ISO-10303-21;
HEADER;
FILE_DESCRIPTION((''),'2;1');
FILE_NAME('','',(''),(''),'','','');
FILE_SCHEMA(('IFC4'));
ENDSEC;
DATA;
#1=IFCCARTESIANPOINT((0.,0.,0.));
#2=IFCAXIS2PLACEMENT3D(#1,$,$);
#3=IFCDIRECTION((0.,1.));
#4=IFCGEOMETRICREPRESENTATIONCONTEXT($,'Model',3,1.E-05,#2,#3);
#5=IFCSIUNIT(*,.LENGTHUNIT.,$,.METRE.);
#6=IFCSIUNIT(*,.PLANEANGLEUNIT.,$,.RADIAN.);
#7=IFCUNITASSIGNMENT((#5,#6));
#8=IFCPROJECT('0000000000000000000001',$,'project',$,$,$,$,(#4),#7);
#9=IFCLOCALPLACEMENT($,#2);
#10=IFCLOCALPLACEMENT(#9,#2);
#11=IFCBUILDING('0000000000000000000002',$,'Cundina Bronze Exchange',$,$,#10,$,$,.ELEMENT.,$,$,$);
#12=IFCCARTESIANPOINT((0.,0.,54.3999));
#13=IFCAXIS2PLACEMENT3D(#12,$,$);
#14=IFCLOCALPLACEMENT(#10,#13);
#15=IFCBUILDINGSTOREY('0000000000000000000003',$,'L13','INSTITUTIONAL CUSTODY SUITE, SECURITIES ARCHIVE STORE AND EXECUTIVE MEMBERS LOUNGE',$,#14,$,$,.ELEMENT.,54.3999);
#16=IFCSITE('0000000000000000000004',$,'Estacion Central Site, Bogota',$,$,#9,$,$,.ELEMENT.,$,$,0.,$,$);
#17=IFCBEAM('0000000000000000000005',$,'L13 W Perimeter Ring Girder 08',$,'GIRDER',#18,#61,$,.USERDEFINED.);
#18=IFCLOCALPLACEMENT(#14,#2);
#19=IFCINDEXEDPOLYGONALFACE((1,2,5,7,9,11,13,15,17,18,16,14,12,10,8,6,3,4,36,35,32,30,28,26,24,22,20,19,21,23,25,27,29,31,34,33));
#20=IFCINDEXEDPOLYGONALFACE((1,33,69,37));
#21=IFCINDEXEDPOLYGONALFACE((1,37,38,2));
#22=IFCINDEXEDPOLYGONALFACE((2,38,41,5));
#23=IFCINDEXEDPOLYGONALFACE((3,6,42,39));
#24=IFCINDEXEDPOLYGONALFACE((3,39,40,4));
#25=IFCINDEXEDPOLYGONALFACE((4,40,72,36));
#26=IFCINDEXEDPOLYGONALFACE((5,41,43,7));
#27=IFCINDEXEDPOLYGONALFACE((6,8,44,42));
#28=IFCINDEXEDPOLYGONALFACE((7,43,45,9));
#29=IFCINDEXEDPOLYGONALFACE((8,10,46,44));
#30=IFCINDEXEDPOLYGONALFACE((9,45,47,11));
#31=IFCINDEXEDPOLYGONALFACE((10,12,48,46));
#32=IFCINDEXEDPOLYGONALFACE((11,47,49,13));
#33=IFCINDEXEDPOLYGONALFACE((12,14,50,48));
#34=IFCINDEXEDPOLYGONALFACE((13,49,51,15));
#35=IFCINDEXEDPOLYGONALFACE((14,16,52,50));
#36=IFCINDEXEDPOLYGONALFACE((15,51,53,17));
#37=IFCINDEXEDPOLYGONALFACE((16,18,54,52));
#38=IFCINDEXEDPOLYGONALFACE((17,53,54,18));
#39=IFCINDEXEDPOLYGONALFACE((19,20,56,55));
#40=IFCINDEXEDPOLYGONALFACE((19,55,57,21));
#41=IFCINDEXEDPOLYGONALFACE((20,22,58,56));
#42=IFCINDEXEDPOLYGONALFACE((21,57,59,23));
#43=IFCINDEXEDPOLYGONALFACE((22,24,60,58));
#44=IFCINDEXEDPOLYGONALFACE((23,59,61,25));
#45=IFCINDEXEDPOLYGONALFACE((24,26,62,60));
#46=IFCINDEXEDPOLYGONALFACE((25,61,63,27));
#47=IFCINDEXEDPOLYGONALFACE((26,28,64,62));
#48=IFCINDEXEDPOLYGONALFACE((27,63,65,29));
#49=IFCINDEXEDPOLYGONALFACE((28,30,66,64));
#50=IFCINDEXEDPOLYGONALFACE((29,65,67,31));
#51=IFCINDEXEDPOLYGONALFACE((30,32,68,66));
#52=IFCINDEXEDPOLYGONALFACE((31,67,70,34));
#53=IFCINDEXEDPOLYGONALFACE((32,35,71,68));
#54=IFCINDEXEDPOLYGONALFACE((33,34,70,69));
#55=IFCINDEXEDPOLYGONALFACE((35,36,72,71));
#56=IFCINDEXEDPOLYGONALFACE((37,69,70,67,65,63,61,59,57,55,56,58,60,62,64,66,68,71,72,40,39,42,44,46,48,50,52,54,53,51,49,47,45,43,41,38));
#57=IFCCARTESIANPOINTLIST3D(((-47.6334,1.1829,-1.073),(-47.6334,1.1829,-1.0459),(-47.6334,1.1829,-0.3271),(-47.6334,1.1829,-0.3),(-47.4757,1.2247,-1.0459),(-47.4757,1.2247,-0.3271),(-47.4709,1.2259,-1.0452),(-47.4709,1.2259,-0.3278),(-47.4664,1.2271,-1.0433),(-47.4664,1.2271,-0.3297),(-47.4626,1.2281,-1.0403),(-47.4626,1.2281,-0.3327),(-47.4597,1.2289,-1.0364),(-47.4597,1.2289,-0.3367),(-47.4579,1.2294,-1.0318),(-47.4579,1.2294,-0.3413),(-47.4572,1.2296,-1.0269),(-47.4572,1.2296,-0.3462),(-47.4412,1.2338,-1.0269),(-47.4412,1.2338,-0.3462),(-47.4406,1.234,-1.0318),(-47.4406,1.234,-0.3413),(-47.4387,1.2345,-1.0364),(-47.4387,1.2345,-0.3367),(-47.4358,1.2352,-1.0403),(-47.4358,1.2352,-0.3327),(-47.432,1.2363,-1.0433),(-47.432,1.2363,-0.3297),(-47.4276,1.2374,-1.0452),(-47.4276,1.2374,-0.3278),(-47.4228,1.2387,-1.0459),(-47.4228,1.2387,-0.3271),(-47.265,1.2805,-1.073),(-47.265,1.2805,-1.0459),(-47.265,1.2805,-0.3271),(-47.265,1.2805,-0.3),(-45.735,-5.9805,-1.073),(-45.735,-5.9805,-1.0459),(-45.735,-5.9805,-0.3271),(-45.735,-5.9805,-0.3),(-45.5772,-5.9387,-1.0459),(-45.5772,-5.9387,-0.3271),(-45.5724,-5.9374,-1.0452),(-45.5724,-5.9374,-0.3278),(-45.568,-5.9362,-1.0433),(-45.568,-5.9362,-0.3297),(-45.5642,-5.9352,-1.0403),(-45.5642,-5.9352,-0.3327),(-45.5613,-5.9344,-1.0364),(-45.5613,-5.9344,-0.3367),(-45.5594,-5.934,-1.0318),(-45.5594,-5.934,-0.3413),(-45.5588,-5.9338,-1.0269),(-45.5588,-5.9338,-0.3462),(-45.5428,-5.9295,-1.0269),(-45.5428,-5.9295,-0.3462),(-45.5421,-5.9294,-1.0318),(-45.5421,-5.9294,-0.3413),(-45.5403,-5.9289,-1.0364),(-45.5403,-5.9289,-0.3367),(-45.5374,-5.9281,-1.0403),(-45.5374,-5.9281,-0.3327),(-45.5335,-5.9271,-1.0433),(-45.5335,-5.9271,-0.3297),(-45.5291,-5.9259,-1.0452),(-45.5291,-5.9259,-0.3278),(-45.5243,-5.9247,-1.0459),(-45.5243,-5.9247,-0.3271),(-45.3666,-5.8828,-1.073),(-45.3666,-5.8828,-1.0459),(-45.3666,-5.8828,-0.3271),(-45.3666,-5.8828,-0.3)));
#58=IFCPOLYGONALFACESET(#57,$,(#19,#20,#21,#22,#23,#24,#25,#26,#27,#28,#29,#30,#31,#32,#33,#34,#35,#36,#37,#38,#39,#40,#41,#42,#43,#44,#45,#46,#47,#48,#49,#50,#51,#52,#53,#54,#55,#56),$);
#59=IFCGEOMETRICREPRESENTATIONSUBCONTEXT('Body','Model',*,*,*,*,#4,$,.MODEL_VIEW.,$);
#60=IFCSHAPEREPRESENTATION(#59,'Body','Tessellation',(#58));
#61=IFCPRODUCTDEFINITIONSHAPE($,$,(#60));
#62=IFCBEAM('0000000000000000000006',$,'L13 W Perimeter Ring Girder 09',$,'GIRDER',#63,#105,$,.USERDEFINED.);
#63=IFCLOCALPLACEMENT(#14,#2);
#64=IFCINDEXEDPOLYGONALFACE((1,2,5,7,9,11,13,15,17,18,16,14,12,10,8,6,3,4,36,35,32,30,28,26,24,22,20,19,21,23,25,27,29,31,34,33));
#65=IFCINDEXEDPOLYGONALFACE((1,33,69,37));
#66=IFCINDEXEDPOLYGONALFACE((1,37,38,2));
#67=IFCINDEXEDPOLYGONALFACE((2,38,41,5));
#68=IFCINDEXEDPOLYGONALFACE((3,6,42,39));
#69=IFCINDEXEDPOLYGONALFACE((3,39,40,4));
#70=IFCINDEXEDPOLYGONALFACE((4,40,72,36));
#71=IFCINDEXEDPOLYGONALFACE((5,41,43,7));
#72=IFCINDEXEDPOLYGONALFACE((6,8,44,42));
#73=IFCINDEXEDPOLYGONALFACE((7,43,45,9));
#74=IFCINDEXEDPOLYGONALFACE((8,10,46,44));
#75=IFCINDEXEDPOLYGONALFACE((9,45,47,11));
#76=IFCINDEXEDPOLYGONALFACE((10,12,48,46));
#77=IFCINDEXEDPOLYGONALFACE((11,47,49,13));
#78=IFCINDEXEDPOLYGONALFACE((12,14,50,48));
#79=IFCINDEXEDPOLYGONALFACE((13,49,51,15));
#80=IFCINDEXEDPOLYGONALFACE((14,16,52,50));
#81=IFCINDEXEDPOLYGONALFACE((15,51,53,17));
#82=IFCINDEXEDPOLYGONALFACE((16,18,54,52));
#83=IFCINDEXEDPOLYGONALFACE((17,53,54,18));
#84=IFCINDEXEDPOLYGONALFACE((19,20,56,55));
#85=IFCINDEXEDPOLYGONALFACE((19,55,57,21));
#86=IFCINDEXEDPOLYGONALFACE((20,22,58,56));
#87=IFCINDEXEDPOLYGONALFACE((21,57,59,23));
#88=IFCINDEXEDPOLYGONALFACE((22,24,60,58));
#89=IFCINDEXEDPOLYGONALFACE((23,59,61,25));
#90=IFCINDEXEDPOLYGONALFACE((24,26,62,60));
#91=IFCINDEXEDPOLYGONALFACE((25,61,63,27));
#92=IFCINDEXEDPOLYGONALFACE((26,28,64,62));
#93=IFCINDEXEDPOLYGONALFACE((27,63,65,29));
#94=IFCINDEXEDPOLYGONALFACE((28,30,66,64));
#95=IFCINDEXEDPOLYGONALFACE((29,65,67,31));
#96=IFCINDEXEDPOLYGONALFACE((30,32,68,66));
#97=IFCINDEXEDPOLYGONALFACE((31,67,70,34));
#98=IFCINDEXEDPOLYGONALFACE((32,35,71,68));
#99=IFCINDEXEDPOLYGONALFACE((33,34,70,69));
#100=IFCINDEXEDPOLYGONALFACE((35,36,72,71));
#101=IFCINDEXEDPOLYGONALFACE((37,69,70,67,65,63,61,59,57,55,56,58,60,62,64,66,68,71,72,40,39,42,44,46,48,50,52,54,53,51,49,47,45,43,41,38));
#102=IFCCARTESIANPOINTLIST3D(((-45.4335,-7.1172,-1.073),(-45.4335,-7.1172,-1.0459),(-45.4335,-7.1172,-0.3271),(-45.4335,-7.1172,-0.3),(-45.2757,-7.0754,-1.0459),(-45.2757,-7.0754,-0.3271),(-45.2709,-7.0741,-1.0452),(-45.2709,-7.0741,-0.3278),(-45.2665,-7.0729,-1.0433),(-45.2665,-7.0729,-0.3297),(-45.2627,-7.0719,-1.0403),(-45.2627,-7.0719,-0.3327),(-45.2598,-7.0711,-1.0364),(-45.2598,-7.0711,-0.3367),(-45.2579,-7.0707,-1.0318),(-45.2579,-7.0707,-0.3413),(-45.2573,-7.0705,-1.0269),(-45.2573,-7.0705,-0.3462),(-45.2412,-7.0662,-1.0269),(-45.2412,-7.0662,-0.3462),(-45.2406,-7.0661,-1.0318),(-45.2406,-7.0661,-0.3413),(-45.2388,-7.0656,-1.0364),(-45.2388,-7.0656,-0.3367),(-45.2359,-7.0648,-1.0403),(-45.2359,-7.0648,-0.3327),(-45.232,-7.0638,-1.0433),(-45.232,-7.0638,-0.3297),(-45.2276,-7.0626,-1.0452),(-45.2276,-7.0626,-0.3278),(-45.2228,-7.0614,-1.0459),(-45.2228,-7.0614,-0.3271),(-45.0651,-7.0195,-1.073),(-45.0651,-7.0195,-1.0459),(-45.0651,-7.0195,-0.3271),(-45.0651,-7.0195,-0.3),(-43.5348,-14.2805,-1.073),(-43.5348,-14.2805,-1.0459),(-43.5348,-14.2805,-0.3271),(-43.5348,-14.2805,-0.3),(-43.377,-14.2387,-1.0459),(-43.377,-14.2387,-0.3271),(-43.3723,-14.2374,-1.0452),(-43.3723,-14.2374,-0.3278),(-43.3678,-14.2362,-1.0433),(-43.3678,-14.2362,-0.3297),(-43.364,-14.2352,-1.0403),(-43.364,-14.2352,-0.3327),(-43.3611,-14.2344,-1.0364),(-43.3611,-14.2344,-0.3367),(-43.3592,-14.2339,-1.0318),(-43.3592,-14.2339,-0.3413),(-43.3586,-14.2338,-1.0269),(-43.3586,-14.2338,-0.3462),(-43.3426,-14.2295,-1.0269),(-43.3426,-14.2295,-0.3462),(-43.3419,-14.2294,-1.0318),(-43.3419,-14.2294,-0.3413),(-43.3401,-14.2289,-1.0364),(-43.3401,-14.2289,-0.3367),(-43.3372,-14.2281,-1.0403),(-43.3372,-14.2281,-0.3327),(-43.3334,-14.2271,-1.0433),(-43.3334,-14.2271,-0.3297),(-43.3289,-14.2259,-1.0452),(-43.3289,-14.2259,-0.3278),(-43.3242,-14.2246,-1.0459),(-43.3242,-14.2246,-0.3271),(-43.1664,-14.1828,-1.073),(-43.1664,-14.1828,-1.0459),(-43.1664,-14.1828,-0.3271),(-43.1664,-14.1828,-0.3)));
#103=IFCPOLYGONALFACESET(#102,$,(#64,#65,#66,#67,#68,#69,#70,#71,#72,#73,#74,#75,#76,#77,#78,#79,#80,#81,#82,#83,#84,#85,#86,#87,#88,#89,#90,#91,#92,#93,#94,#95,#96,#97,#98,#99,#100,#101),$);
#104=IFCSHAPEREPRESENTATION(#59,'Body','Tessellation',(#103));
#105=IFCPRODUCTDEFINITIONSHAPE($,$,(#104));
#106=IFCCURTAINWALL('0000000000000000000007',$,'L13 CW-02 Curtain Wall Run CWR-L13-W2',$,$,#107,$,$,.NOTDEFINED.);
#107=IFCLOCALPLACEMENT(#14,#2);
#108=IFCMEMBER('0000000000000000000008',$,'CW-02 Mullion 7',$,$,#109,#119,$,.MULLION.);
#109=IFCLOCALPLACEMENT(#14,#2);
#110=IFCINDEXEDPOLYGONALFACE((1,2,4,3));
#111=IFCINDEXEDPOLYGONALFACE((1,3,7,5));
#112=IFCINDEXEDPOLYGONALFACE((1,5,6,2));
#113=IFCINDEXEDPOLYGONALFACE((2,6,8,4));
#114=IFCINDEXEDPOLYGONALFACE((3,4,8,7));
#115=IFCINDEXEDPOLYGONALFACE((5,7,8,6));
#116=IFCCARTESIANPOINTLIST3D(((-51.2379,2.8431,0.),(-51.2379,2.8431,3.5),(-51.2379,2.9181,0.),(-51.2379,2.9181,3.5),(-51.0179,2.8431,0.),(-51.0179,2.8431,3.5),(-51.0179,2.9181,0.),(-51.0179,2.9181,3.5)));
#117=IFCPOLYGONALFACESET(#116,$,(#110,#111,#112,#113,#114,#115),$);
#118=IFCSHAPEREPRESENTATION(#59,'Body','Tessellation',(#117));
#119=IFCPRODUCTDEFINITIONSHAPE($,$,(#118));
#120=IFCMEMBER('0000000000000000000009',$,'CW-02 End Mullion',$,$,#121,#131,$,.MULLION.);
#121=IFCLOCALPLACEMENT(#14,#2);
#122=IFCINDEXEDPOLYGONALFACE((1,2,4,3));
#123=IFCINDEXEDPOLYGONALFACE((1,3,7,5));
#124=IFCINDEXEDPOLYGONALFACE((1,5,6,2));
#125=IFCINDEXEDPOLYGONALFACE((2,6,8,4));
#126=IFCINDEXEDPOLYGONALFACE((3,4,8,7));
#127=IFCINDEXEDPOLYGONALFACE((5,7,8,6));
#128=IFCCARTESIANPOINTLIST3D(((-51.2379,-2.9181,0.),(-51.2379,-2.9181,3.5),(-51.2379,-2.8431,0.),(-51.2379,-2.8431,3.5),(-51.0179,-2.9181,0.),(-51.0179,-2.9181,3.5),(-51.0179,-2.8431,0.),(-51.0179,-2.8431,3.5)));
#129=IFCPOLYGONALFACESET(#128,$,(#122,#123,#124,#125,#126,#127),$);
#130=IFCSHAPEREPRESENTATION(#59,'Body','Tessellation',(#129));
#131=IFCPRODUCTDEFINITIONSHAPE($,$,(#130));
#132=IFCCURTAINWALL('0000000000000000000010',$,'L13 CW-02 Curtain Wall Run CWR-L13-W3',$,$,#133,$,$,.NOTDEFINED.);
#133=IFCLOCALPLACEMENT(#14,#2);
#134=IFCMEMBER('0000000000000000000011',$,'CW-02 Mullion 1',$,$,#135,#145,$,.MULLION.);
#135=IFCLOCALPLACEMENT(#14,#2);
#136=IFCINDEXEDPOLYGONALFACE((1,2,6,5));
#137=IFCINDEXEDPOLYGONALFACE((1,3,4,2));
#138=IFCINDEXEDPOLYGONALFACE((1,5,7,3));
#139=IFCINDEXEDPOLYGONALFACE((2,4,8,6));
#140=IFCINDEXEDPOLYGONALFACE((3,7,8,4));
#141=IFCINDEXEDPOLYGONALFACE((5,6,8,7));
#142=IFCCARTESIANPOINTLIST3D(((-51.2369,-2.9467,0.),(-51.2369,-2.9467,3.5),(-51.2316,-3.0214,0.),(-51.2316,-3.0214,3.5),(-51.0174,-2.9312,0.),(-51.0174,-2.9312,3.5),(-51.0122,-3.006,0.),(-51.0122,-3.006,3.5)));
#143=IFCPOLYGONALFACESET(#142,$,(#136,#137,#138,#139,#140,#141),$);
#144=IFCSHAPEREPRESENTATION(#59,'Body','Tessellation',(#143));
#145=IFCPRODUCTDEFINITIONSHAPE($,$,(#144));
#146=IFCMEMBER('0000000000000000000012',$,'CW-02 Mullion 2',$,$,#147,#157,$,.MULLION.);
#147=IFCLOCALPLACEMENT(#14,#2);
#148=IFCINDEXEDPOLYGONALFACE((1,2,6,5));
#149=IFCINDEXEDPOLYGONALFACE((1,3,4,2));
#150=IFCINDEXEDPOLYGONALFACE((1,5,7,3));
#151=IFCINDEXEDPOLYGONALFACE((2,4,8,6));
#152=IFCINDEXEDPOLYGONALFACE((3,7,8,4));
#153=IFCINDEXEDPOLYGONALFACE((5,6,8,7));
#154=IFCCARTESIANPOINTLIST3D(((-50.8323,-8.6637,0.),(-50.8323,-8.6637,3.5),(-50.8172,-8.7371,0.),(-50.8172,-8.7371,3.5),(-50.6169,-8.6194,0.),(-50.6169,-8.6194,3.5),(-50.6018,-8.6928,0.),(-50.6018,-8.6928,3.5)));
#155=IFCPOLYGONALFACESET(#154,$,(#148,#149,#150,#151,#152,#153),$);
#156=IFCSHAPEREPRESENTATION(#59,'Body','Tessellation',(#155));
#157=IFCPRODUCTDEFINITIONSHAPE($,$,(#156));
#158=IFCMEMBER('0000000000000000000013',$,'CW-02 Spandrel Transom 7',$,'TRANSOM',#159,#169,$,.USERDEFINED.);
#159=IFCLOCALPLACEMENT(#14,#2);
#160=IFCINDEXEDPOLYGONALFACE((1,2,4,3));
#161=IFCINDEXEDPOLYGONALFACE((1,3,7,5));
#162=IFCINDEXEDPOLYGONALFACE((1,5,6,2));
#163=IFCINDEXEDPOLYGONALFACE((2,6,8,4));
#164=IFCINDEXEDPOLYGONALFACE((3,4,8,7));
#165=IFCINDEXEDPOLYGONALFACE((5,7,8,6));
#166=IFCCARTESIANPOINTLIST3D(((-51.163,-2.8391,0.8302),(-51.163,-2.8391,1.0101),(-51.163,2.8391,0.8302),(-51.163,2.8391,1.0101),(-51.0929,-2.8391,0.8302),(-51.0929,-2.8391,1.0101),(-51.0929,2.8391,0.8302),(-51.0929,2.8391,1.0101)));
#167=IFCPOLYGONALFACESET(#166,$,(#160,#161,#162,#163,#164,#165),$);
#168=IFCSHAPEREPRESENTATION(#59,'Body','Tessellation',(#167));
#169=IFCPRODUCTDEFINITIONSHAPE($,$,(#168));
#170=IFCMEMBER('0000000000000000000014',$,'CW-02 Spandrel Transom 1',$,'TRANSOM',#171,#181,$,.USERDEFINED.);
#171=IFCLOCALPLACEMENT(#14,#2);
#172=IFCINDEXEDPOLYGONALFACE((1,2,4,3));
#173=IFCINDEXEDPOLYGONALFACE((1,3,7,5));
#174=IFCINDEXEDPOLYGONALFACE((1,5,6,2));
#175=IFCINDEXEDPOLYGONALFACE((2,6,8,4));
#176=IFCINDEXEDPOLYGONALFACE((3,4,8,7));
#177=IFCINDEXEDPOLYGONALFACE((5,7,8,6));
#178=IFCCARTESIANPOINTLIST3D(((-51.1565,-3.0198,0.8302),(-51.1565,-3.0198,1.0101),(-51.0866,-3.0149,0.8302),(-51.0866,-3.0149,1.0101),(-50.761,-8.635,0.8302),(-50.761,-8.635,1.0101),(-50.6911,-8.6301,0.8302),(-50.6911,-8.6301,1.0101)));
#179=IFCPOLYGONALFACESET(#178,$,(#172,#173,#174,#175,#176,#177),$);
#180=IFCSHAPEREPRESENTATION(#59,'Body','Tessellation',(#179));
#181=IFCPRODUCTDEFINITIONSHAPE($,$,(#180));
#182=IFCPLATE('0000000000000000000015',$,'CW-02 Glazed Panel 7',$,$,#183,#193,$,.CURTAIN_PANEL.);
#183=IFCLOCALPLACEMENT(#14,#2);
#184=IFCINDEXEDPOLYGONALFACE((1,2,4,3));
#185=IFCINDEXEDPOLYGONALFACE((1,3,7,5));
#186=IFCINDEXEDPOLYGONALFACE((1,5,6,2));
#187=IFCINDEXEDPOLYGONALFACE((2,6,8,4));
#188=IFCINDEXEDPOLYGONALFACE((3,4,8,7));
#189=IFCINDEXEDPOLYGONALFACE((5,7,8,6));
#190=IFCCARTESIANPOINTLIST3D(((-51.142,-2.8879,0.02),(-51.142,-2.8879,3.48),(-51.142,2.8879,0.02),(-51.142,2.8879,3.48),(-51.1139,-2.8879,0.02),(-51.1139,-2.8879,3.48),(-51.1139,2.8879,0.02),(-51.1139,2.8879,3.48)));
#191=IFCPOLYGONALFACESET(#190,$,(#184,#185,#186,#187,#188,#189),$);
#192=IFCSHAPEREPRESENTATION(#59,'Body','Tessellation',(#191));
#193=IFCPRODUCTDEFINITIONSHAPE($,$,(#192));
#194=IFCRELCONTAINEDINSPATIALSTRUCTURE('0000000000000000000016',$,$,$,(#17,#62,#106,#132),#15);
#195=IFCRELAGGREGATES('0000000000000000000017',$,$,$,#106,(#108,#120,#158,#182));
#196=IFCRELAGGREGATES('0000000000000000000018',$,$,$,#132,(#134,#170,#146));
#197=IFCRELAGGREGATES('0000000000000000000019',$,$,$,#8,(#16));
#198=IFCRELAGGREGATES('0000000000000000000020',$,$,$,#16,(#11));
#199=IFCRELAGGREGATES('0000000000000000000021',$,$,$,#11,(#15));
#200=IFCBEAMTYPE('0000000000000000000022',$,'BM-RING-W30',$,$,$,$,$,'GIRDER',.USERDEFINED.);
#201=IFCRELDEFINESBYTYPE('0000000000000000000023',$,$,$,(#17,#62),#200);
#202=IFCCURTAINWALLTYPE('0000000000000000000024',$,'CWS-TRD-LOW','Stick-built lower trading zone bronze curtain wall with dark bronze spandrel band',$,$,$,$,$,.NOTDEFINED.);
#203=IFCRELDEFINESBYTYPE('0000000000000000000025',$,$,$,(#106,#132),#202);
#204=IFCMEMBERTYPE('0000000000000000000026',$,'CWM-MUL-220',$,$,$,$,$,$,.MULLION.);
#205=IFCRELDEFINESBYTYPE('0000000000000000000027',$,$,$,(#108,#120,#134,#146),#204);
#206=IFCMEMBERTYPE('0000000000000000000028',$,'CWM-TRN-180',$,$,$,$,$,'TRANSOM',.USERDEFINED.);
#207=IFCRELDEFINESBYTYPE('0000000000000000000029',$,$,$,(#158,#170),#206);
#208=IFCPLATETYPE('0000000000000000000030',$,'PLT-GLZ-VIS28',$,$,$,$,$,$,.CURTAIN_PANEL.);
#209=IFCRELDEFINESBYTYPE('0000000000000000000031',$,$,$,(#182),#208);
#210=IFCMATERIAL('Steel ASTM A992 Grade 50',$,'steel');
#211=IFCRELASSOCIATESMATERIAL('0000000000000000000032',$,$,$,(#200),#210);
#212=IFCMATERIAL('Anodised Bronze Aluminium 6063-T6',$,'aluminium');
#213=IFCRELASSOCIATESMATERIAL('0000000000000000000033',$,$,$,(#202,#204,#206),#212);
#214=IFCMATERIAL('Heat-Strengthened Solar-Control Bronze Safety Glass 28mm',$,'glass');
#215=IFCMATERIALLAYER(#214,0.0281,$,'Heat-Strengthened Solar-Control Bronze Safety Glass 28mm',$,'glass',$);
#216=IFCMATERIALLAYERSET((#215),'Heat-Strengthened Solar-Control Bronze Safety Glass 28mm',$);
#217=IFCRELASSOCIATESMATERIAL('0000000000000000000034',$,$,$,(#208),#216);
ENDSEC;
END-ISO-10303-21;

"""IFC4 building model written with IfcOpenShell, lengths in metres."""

from ifc_helpers import new_model, si_unit, direction, frame, origin, origin_2d, place, context, subcontext, project, spatial, rectangle, i_section, extrude, material, layer, layer_set, material_profile, profile_set, type_object, element, aggregate, save


model = new_model("IFC4")

# Units and contexts
model_context = context("Model", 3, precision=1e-05, world=origin(), true_north=direction((0.0, 1.0)))
body_context = subcontext(model_context, "Body", "Model", "MODEL_VIEW")
ifc_project = project(units=[si_unit("LENGTHUNIT", "METRE"), si_unit("PLANEANGLEUNIT", "RADIAN")], contexts=[model_context])

# Site, building, storey
site_placement = place(None, origin())
site = spatial("IfcSite", under=ifc_project, at=site_placement, Name="Estacion Central Site, Bogota", CompositionType="ELEMENT", RefElevation=0.0)
building_placement = place(site_placement, origin())
building = spatial("IfcBuilding", under=site, at=building_placement, Name="Cundina Bronze Exchange", CompositionType="ELEMENT")
storey_placement = place(building_placement, frame((0.0, 0.0, 54.3999)))
storey = spatial("IfcBuildingStorey", under=building, at=storey_placement, Name="L13", Description="INSTITUTIONAL CUSTODY SUITE, SECURITIES ARCHIVE STORE AND EXECUTIVE MEMBERS LOUNGE", CompositionType="ELEMENT", Elevation=54.3999)

# Beams
ifc_material_1 = material(Name="Steel ASTM A992 Grade 50", Category="steel")
ifc_material_profile_1 = material_profile(ifc_material_1, i_section(OverallWidth=0.3811, OverallDepth=0.7729, WebThickness=0.0166, FlangeThickness=0.0271, FilletRadius=0.019, at=origin_2d()), Name="W30X173", Category="steel")
ifc_profile_set_1 = profile_set([ifc_material_profile_1], Name="Steel ASTM A992 Grade 50")
beam_type_1 = type_object("IfcBeamType", Name="BM-RING-W30", ElementType="GIRDER", PredefinedType="USERDEFINED", material=ifc_profile_set_1)
for number, where, z_axis, x_axis, name in (
    (1, (-47.4492, 1.2317, -0.6865), (0.256178, -0.96663, 0.0), (0.96663, 0.256178, 0.0), "L13 W Perimeter Ring Girder 08"),
    (2, (-45.2493, -7.0684, -0.6865), (0.256209, -0.966622, 0.0), (0.966622, 0.256209, 0.0), "L13 W Perimeter Ring Girder 09"),
):
    element("IfcBeam", number, at=place(storey_placement, frame(where, z_axis=z_axis, x_axis=x_axis)), inside=storey, type_object=beam_type_1, Name=name, ObjectType="GIRDER", PredefinedType="USERDEFINED", context=body_context, shape_type="SweptSolid", body=[
        extrude(i_section(OverallWidth=0.3811, OverallDepth=0.7729, WebThickness=0.0166, FlangeThickness=0.0271, FilletRadius=0.019, at=origin_2d()), origin(), (0.0, 0.0, 1.0), 7.4106),
    ])

# Curtain walls, members
ifc_material_2 = material(Name="Anodised Bronze Aluminium 6063-T6", Category="aluminium")
curtain_wall_type = type_object("IfcCurtainWallType", Name="CWS-TRD-LOW", Description="Stick-built lower trading zone bronze curtain wall with dark bronze spandrel band", PredefinedType="NOTDEFINED", material=ifc_material_2)
curtain_wall_1_placement = place(storey_placement, origin())
curtain_wall_1 = element("IfcCurtainWall", 3, at=curtain_wall_1_placement, inside=storey, type_object=curtain_wall_type, Name="L13 CW-02 Curtain Wall Run CWR-L13-W2", PredefinedType="NOTDEFINED")
ifc_material_profile_2 = material_profile(ifc_material_2, rectangle(XDim=0.075, YDim=0.22, at=origin_2d()), Name="AL75X220", Category="aluminium")
ifc_profile_set_2 = profile_set([ifc_material_profile_2], Name="Anodised Bronze Aluminium 6063-T6")
member_type_1 = type_object("IfcMemberType", Name="CWM-MUL-220", PredefinedType="MULLION", material=ifc_profile_set_2)
member_1_placement = place(storey_placement, frame((-51.1279, 2.8806, 0.0), z_axis=(0.0, 0.0, 1.0), x_axis=(0.0, -1.0, 0.0)))
member_1 = element("IfcMember", 4, at=member_1_placement, type_object=member_type_1, Name="CW-02 Mullion 7", PredefinedType="MULLION", context=body_context, shape_type="SweptSolid", body=[
    extrude(rectangle(XDim=0.075, YDim=0.22, at=origin_2d()), origin(), (0.0, 0.0, 1.0), 3.5),
])
member_2_placement = place(storey_placement, frame((-51.1279, -2.8806, 0.0), z_axis=(0.0, 0.0, 1.0), x_axis=(0.0, -1.0, 0.0)))
member_2 = element("IfcMember", 5, at=member_2_placement, type_object=member_type_1, Name="CW-02 End Mullion", PredefinedType="MULLION", context=body_context, shape_type="SweptSolid", body=[
    extrude(rectangle(XDim=0.075, YDim=0.22, at=origin_2d()), origin(), (0.0, 0.0, 1.0), 3.5),
])
curtain_wall_2_placement = place(storey_placement, origin())
curtain_wall_2 = element("IfcCurtainWall", 6, at=curtain_wall_2_placement, inside=storey, type_object=curtain_wall_type, Name="L13 CW-02 Curtain Wall Run CWR-L13-W3", PredefinedType="NOTDEFINED")
member_3_placement = place(storey_placement, frame((-51.1245, -2.9763, 0.0), z_axis=(0.0, 0.0, 1.0), x_axis=(0.070279, -0.997527, 0.0)))
member_3 = element("IfcMember", 7, at=member_3_placement, type_object=member_type_1, Name="CW-02 Mullion 1", PredefinedType="MULLION", context=body_context, shape_type="SweptSolid", body=[
    extrude(rectangle(XDim=0.075, YDim=0.22, at=origin_2d()), origin(), (0.0, 0.0, 1.0), 3.5),
])
member_4_placement = place(storey_placement, frame((-50.717, -8.6782, 0.0), z_axis=(0.0, 0.0, 1.0), x_axis=(0.20142, -0.979505, 0.0)))
member_4 = element("IfcMember", 8, at=member_4_placement, type_object=member_type_1, Name="CW-02 Mullion 2", PredefinedType="MULLION", context=body_context, shape_type="SweptSolid", body=[
    extrude(rectangle(XDim=0.075, YDim=0.22, at=origin_2d()), origin(), (0.0, 0.0, 1.0), 3.5),
])

# Members
ifc_material_profile_3 = material_profile(ifc_material_2, rectangle(XDim=0.0701, YDim=0.1799, at=origin_2d()), Name="AL70X180", Category="aluminium")
ifc_profile_set_3 = profile_set([ifc_material_profile_3], Name="Anodised Bronze Aluminium 6063-T6")
member_type_2 = type_object("IfcMemberType", Name="CWM-TRN-180", ElementType="TRANSOM", PredefinedType="USERDEFINED", material=ifc_profile_set_3)
member_5_placement = place(storey_placement, frame((-51.1279, 2.8391, 0.9202), z_axis=(0.0, -1.0, 0.0), x_axis=(1.0, 0.0, 0.0)))
member_5 = element("IfcMember", 9, at=member_5_placement, type_object=member_type_2, Name="CW-02 Spandrel Transom 7", ObjectType="TRANSOM", PredefinedType="USERDEFINED", context=body_context, shape_type="SweptSolid", body=[
    extrude(rectangle(XDim=0.0701, YDim=0.1799, at=origin_2d()), origin(), (0.0, 0.0, 1.0), 5.6782),
])
member_6_placement = place(storey_placement, frame((-51.1216, -3.0173, 0.9202), z_axis=(0.070261, -0.997529, 0.0), x_axis=(0.997529, 0.070261, 0.0)))
member_6 = element("IfcMember", 10, at=member_6_placement, type_object=member_type_2, Name="CW-02 Spandrel Transom 1", ObjectType="TRANSOM", PredefinedType="USERDEFINED", context=body_context, shape_type="SweptSolid", body=[
    extrude(rectangle(XDim=0.0701, YDim=0.1799, at=origin_2d()), origin(), (0.0, 0.0, 1.0), 5.6292),
])

# Plate
ifc_material_3 = material(Name="Heat-Strengthened Solar-Control Bronze Safety Glass 28mm", Category="glass")
ifc_layer_1 = layer(ifc_material_3, 0.0281, Name="Heat-Strengthened Solar-Control Bronze Safety Glass 28mm", Category="glass")
ifc_layer_set_1 = layer_set([ifc_layer_1], Name="Heat-Strengthened Solar-Control Bronze Safety Glass 28mm")
plate_type = type_object("IfcPlateType", Name="PLT-GLZ-VIS28", PredefinedType="CURTAIN_PANEL", material=ifc_layer_set_1)
plate_1_placement = place(storey_placement, frame((-51.1279, 0.0, 0.02), z_axis=(0.0, 0.0, 1.0), x_axis=(0.0, -1.0, 0.0)))
plate_1 = element("IfcPlate", 11, at=plate_1_placement, type_object=plate_type, Name="CW-02 Glazed Panel 7", PredefinedType="CURTAIN_PANEL", context=body_context, shape_type="SweptSolid", body=[
    extrude(rectangle(XDim=5.7759, YDim=0.0281, at=origin_2d()), origin(), (0.0, 0.0, 1.0), 3.46),
])
aggregate(curtain_wall_1, [member_1, member_2, member_5, plate_1])
aggregate(curtain_wall_2, [member_3, member_6, member_4])

save(model, "model.ifc")
